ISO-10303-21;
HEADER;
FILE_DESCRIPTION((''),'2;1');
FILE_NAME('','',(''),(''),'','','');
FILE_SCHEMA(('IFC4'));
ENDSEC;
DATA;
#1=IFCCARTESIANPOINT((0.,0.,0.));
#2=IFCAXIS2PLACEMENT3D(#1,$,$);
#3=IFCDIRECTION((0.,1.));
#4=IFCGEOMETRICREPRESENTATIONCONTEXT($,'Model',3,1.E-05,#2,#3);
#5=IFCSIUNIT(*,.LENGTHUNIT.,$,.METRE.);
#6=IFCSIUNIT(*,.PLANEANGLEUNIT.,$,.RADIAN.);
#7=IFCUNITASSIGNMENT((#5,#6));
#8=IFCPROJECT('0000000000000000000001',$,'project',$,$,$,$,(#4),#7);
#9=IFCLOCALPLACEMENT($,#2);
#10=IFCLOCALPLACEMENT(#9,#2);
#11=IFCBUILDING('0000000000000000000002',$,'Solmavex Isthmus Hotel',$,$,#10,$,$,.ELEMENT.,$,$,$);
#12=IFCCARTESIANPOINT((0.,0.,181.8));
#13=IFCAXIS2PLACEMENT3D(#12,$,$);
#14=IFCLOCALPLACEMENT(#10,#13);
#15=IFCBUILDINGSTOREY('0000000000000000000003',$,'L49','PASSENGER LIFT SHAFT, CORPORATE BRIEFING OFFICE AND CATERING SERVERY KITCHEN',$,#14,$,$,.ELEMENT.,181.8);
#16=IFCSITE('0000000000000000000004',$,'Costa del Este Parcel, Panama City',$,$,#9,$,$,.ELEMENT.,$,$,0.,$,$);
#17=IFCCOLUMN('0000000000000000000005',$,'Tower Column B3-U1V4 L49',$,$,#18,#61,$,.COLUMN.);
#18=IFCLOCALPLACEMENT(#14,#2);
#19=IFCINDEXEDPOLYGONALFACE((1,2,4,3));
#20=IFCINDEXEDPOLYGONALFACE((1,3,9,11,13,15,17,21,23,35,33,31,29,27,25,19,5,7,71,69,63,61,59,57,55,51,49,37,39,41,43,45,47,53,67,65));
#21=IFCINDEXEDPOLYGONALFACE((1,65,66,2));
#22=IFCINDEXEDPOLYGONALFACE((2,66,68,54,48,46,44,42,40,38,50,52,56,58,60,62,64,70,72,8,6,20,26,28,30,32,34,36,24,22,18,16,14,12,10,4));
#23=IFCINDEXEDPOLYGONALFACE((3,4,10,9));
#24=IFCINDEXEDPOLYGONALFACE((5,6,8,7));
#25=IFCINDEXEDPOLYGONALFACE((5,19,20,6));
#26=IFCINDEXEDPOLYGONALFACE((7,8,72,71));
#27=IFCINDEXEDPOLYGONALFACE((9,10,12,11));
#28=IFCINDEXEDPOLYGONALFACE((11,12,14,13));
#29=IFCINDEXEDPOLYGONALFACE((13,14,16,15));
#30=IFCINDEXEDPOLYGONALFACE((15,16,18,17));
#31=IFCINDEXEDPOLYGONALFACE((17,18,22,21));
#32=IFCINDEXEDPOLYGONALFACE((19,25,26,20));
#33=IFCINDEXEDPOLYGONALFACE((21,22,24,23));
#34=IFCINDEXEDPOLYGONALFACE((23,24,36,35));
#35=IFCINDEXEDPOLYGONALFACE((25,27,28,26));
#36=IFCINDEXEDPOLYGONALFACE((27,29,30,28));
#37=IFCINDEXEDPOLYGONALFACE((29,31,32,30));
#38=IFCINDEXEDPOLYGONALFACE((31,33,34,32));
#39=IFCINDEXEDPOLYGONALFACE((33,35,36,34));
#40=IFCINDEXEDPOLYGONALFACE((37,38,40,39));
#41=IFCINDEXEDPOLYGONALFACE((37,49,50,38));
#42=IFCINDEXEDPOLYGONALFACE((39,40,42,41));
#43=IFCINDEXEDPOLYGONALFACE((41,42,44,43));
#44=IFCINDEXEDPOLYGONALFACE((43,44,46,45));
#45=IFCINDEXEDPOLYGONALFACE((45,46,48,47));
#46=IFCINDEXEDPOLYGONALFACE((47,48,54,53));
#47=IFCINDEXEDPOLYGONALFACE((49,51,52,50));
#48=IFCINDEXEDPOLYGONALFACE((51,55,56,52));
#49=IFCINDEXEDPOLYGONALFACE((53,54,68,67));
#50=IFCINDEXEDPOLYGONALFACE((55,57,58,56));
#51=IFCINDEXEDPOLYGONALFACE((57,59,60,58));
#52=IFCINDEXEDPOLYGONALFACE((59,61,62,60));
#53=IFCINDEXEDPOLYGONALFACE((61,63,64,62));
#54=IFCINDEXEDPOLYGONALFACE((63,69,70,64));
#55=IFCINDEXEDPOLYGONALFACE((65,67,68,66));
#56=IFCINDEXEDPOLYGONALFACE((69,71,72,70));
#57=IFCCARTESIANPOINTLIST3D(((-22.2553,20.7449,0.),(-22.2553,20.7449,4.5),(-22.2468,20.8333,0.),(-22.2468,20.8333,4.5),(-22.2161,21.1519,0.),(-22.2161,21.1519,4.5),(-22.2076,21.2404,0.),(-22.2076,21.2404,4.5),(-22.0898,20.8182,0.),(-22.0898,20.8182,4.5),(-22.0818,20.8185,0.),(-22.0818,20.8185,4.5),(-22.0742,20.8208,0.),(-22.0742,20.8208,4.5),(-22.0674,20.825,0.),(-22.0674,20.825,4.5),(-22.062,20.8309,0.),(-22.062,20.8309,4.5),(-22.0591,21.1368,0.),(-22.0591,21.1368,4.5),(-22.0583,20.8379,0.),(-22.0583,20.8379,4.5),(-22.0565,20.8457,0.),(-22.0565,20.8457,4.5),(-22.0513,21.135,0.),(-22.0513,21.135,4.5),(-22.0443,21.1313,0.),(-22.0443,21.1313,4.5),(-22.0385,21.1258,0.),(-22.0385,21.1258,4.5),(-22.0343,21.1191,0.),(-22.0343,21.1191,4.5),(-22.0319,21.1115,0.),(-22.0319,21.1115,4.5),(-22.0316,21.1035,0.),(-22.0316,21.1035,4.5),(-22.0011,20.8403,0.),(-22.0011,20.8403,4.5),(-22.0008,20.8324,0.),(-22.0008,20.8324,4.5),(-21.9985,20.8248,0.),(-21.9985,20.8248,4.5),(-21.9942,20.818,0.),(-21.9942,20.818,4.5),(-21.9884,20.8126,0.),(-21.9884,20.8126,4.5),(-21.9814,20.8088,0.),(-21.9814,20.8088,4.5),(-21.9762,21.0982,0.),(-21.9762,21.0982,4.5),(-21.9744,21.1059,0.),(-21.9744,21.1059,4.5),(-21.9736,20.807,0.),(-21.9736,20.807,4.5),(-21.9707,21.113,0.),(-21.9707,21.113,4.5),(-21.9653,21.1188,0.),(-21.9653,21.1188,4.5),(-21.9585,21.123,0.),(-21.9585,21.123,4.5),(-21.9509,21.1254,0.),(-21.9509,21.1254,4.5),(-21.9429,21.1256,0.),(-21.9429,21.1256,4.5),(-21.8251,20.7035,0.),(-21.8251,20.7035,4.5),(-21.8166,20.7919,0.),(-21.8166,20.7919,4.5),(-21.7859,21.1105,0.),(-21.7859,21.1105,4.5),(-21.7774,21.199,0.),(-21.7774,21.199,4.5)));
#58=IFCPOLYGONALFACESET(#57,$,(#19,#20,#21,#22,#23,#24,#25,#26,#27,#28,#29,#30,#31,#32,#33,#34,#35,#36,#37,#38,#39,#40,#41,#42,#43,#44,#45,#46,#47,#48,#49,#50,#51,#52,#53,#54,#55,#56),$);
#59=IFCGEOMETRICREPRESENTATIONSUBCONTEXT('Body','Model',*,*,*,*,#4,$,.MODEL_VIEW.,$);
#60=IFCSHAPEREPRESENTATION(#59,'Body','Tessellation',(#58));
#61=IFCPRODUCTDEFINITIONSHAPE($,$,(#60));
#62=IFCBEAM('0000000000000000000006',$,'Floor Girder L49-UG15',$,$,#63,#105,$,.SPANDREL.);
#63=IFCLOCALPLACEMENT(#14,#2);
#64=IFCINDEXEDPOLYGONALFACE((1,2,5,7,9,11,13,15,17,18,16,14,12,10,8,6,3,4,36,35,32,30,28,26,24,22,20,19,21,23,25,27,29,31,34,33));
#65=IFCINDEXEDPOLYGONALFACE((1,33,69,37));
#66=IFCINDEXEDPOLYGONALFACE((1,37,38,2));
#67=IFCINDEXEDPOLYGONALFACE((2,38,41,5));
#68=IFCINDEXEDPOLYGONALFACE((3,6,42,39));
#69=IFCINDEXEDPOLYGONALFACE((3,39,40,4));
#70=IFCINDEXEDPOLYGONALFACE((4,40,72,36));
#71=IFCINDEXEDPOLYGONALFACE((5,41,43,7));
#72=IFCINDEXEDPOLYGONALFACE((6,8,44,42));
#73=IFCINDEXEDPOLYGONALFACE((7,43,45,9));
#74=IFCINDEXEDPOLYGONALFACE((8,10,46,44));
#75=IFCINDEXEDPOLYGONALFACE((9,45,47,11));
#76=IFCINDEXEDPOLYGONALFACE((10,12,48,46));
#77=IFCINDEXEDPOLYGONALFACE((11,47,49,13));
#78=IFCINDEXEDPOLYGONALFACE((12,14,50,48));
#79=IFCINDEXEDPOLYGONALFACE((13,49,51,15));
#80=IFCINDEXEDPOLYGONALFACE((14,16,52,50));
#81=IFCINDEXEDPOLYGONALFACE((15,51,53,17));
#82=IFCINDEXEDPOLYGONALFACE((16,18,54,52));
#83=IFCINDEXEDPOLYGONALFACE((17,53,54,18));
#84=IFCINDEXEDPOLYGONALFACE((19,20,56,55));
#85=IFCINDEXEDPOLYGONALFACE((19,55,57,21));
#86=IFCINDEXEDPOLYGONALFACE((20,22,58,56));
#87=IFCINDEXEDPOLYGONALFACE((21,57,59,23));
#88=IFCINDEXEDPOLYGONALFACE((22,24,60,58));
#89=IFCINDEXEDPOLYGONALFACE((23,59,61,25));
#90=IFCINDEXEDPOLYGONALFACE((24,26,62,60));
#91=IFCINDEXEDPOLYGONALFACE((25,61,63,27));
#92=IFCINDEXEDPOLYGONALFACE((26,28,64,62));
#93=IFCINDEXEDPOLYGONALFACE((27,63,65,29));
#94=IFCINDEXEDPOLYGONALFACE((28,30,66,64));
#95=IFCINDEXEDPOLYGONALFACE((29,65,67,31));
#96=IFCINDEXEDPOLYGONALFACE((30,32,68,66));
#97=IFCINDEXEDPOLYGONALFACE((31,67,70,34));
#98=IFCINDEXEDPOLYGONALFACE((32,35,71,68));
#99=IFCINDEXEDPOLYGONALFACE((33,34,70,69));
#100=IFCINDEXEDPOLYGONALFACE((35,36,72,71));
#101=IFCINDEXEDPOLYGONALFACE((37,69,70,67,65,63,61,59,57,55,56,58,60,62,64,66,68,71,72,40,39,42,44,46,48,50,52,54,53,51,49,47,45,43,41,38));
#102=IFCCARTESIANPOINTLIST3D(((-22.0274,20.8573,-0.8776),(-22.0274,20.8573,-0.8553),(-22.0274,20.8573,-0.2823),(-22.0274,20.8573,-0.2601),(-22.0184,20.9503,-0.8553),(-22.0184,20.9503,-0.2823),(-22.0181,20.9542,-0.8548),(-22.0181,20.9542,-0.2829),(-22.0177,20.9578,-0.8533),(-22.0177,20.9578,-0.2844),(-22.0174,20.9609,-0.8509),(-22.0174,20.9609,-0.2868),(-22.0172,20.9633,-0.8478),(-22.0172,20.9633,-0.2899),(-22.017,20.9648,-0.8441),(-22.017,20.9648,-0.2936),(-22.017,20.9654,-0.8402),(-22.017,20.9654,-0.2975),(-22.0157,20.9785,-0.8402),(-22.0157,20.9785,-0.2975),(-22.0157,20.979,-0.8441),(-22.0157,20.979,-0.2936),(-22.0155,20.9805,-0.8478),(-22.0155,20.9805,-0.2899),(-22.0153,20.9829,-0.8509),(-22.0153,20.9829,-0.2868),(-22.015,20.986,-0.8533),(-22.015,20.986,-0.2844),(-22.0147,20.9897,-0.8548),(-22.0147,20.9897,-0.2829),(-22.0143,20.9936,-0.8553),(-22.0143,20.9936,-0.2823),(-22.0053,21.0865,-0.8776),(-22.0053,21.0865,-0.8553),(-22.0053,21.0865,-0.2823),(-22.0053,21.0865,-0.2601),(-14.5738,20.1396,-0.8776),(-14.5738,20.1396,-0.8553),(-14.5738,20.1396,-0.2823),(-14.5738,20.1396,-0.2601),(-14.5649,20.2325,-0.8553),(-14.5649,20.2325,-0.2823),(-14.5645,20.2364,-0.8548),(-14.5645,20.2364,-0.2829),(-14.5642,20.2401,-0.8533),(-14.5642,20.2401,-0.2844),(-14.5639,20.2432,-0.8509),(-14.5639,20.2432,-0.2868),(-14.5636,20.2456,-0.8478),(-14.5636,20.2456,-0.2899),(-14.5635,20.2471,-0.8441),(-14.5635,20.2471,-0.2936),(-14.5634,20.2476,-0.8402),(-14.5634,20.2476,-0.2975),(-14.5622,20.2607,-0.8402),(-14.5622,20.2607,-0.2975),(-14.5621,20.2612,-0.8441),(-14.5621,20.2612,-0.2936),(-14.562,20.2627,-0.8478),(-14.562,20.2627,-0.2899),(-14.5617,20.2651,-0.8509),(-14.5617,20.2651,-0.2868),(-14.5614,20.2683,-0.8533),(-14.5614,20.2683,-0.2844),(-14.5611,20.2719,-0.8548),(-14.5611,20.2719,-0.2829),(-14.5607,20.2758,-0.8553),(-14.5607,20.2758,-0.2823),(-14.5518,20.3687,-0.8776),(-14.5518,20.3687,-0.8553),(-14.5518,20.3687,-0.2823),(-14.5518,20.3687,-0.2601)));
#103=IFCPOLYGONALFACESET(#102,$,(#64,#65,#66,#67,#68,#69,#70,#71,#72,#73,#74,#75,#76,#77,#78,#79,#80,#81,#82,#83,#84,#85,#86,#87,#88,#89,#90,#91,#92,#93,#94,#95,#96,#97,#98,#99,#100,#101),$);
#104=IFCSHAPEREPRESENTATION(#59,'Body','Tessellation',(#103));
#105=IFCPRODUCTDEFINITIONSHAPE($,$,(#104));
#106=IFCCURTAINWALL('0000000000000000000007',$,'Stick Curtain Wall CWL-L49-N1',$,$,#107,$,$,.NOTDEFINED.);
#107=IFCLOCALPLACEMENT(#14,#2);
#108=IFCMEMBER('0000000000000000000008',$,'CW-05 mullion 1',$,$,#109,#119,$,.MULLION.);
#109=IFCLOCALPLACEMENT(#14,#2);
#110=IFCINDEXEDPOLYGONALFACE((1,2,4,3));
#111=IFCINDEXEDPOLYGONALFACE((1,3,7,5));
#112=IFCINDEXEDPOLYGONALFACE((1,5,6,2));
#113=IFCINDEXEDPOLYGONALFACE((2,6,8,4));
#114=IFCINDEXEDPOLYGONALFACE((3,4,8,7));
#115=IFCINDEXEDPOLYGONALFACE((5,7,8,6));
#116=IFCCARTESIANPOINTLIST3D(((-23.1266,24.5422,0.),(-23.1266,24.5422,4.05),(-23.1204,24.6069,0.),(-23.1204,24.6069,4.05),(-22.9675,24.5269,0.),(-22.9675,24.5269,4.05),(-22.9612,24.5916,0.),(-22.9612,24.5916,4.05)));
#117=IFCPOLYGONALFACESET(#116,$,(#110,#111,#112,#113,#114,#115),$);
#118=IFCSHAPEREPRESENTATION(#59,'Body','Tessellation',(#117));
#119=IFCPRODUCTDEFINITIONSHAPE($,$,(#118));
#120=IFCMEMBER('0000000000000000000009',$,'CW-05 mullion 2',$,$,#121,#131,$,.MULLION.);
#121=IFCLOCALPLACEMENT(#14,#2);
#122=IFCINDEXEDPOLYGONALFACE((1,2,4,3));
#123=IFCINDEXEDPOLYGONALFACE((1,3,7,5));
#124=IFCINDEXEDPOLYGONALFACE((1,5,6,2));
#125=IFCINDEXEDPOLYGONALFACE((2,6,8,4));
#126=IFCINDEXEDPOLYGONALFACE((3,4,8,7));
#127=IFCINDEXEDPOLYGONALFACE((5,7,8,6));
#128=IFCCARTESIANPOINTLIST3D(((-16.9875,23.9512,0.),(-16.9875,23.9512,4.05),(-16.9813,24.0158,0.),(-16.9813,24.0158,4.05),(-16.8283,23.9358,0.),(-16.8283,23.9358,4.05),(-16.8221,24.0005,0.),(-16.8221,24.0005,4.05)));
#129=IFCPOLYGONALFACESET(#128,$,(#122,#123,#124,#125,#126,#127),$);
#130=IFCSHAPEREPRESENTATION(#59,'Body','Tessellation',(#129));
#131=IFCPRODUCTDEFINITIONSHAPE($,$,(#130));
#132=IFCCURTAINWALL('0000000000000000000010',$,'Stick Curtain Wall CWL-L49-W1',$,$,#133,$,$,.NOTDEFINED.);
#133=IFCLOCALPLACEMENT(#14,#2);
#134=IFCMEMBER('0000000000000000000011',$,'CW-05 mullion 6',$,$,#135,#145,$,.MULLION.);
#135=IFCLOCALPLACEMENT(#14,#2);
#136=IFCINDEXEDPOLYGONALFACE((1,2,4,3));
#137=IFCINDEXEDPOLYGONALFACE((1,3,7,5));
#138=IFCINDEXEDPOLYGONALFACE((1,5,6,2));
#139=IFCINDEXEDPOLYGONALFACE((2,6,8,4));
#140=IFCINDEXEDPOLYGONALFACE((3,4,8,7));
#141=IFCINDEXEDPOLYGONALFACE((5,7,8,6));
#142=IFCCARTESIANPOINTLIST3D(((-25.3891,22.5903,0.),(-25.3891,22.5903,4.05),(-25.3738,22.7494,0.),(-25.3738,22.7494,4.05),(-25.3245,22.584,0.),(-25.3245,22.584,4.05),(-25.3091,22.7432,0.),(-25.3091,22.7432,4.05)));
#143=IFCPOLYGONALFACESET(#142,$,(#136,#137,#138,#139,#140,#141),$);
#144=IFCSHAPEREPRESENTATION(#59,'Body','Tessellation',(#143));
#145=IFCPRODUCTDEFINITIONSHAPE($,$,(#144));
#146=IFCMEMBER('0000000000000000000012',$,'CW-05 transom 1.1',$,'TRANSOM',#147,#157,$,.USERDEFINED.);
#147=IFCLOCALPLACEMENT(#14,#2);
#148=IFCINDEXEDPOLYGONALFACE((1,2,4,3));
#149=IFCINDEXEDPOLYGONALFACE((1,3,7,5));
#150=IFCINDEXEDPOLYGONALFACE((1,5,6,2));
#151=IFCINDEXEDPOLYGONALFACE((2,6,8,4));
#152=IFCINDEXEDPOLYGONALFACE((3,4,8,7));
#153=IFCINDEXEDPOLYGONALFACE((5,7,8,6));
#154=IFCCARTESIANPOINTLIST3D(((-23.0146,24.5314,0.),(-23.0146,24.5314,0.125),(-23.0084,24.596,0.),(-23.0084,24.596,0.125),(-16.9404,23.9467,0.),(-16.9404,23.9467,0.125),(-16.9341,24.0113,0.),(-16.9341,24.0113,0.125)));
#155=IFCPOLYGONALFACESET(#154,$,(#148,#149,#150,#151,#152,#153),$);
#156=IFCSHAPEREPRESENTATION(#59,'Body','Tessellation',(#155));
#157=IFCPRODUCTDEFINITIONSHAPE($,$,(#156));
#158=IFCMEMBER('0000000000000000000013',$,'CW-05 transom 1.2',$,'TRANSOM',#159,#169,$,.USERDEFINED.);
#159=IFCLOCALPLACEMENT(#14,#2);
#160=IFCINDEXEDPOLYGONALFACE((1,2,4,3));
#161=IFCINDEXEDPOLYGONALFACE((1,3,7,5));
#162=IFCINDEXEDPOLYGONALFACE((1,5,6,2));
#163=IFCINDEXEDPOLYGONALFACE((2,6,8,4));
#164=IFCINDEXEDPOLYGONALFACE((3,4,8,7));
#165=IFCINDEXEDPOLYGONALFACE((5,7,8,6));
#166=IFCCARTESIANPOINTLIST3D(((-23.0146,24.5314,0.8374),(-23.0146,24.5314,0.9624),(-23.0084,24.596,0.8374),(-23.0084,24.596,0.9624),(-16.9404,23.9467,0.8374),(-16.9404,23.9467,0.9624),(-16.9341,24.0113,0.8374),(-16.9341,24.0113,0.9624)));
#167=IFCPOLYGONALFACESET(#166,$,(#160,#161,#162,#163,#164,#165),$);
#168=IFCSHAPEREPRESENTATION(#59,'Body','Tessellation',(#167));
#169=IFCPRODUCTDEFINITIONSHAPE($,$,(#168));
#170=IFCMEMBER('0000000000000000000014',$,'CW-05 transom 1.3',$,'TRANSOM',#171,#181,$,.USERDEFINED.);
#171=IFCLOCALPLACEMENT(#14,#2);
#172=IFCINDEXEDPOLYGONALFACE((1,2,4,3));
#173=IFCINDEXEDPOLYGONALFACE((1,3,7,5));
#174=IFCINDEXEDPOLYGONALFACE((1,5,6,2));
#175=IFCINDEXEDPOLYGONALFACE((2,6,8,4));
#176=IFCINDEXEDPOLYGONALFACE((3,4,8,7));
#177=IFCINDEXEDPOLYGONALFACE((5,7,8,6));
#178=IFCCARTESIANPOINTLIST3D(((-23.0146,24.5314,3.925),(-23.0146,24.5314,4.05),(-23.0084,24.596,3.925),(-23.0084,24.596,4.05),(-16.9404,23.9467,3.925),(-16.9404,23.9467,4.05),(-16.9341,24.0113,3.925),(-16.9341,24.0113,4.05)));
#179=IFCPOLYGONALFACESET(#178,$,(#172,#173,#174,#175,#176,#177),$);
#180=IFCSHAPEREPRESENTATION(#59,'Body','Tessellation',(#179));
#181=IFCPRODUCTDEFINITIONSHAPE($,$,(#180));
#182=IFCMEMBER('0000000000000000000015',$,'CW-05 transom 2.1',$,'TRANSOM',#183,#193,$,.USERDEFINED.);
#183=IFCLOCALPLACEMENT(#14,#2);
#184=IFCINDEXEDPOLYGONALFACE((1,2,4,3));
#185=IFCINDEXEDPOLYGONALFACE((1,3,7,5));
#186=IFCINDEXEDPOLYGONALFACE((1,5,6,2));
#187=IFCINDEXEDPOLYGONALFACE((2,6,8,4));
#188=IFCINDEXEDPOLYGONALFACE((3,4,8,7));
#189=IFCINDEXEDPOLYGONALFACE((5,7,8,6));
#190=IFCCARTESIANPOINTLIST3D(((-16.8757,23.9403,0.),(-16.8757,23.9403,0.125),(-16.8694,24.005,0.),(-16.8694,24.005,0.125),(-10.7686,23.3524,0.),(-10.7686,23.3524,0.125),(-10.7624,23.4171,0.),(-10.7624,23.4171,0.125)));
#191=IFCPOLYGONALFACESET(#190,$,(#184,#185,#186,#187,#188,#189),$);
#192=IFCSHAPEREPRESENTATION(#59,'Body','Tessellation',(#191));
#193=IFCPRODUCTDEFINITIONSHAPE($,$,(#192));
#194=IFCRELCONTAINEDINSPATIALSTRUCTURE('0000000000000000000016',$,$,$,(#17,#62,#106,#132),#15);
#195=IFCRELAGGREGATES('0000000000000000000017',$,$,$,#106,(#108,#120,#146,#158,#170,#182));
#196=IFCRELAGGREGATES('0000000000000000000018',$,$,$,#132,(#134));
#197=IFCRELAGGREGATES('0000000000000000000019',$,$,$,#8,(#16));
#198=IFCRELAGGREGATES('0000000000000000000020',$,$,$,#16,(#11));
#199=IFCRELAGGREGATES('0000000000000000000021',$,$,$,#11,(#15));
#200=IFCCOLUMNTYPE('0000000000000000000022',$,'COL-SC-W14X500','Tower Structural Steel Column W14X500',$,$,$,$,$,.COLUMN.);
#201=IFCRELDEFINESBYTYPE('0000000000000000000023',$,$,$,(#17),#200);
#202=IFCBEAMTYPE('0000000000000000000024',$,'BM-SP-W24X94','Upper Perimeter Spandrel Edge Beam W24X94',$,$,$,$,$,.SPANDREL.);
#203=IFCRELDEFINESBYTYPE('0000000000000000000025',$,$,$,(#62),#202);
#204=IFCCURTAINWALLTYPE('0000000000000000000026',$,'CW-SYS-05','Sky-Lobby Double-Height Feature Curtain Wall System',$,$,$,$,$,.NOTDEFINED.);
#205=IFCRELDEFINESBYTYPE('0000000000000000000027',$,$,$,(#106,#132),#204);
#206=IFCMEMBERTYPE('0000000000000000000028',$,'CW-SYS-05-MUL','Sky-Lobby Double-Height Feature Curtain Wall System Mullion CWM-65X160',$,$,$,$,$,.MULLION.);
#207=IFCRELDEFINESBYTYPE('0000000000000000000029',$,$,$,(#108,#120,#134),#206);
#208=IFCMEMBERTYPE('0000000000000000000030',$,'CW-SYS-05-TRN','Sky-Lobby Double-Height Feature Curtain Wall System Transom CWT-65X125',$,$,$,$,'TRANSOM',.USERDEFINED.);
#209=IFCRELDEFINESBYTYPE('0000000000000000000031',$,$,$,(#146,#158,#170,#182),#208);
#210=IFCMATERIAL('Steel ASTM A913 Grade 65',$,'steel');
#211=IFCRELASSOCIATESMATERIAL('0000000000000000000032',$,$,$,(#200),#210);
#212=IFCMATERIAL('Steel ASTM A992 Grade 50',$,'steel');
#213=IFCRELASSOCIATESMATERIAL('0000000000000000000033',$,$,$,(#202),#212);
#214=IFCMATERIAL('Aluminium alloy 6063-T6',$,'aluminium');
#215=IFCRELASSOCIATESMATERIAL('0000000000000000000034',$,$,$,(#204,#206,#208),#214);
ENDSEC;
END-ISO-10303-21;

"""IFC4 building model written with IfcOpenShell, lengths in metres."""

from ifc_helpers import new_model, si_unit, direction, frame, origin, origin_2d, place, context, subcontext, project, spatial, rectangle, i_section, extrude, material, material_profile, profile_set, type_object, element, aggregate, save


model = new_model("IFC4")

# Units and contexts
model_context = context("Model", 3, precision=1e-05, world=origin(), true_north=direction((0.0, 1.0)))
body_context = subcontext(model_context, "Body", "Model", "MODEL_VIEW")
ifc_project = project(units=[si_unit("LENGTHUNIT", "METRE"), si_unit("PLANEANGLEUNIT", "RADIAN")], contexts=[model_context])

# Site, building, storey
site_placement = place(None, origin())
site = spatial("IfcSite", under=ifc_project, at=site_placement, Name="Costa del Este Parcel, Panama City", CompositionType="ELEMENT", RefElevation=0.0)
building_placement = place(site_placement, origin())
building = spatial("IfcBuilding", under=site, at=building_placement, Name="Solmavex Isthmus Hotel", CompositionType="ELEMENT")
storey_placement = place(building_placement, frame((0.0, 0.0, 181.8)))
storey = spatial("IfcBuildingStorey", under=building, at=storey_placement, Name="L49", Description="PASSENGER LIFT SHAFT, CORPORATE BRIEFING OFFICE AND CATERING SERVERY KITCHEN", CompositionType="ELEMENT", Elevation=181.8)

# Column
ifc_material_1 = material(Name="Steel ASTM A913 Grade 65", Category="steel")
ifc_material_profile_1 = material_profile(ifc_material_1, i_section(OverallWidth=0.4321, OverallDepth=0.4978, WebThickness=0.0557, FlangeThickness=0.0889, FilletRadius=0.0305, at=origin_2d()), Name="W14X500")
ifc_profile_set_1 = profile_set([ifc_material_profile_1], Name="Steel ASTM A913 Grade 65")
column_type = type_object("IfcColumnType", Name="COL-SC-W14X500", Description="Tower Structural Steel Column W14X500", PredefinedType="COLUMN", material=ifc_profile_set_1)
column_placement = place(storey_placement, frame((-22.0164, 20.9719, 0.0), z_axis=(0.0, 0.0, 1.0), x_axis=(0.995396, -0.095846, 0.0)))
element("IfcColumn", 1, at=column_placement, inside=storey, type_object=column_type, Name="Tower Column B3-U1V4 L49", PredefinedType="COLUMN", context=body_context, shape_type="SweptSolid", body=[
    extrude(i_section(OverallWidth=0.4321, OverallDepth=0.4978, WebThickness=0.0557, FlangeThickness=0.0889, FilletRadius=0.0305, at=origin_2d()), origin(), (0.0, 0.0, 1.0), 4.5),
])

# Beam
ifc_material_2 = material(Name="Steel ASTM A992 Grade 50", Category="steel")
ifc_material_profile_2 = material_profile(ifc_material_2, i_section(OverallWidth=0.2302, OverallDepth=0.6174, WebThickness=0.0132, FlangeThickness=0.0222, FilletRadius=0.0151, at=origin_2d()), Name="W24X94")
ifc_profile_set_2 = profile_set([ifc_material_profile_2], Name="Steel ASTM A992 Grade 50")
beam_type = type_object("IfcBeamType", Name="BM-SP-W24X94", Description="Upper Perimeter Spandrel Edge Beam W24X94", PredefinedType="SPANDREL", material=ifc_profile_set_2)
beam_placement = place(storey_placement, frame((-22.0164, 20.9719, -0.5688), z_axis=(0.995395, -0.095855, 0.0), x_axis=(0.095855, 0.995395, 0.0)))
element("IfcBeam", 2, at=beam_placement, inside=storey, type_object=beam_type, Name="Floor Girder L49-UG15", PredefinedType="SPANDREL", context=body_context, shape_type="SweptSolid", body=[
    extrude(i_section(OverallWidth=0.2302, OverallDepth=0.6174, WebThickness=0.0132, FlangeThickness=0.0222, FilletRadius=0.0151, at=origin_2d()), origin(), (0.0, 0.0, 1.0), 7.488),
])

# Curtain wall, members
ifc_material_3 = material(Name="Aluminium alloy 6063-T6", Category="aluminium")
curtain_wall_type = type_object("IfcCurtainWallType", Name="CW-SYS-05", Description="Sky-Lobby Double-Height Feature Curtain Wall System", PredefinedType="NOTDEFINED", material=ifc_material_3)
curtain_wall_1_placement = place(storey_placement, origin())
curtain_wall_1 = element("IfcCurtainWall", 3, at=curtain_wall_1_placement, inside=storey, type_object=curtain_wall_type, Name="Stick Curtain Wall CWL-L49-N1", PredefinedType="NOTDEFINED")
ifc_material_profile_3 = material_profile(ifc_material_3, rectangle(XDim=0.0649, YDim=0.1599, at=origin_2d()), Name="CWM-65X160")
ifc_profile_set_3 = profile_set([ifc_material_profile_3], Name="Aluminium alloy 6063-T6")
member_type_1 = type_object("IfcMemberType", Name="CW-SYS-05-MUL", Description="Sky-Lobby Double-Height Feature Curtain Wall System Mullion CWM-65X160", PredefinedType="MULLION", material=ifc_profile_set_3)
member_1_placement = place(storey_placement, frame((-23.0439, 24.5669, 0.0), z_axis=(0.0, 0.0, 1.0), x_axis=(0.095846, 0.995396, 0.0)))
member_1 = element("IfcMember", 4, at=member_1_placement, type_object=member_type_1, Name="CW-05 mullion 1", PredefinedType="MULLION", context=body_context, shape_type="SweptSolid", body=[
    extrude(rectangle(XDim=0.0649, YDim=0.1599, at=origin_2d()), origin(), (0.0, 0.0, 1.0), 4.05),
])
member_2_placement = place(storey_placement, frame((-16.9048, 23.9758, 0.0), z_axis=(0.0, 0.0, 1.0), x_axis=(0.095846, 0.995396, 0.0)))
member_2 = element("IfcMember", 5, at=member_2_placement, type_object=member_type_1, Name="CW-05 mullion 2", PredefinedType="MULLION", context=body_context, shape_type="SweptSolid", body=[
    extrude(rectangle(XDim=0.0649, YDim=0.1599, at=origin_2d()), origin(), (0.0, 0.0, 1.0), 4.05),
])

# Curtain wall, member
curtain_wall_2_placement = place(storey_placement, origin())
curtain_wall_2 = element("IfcCurtainWall", 6, at=curtain_wall_2_placement, inside=storey, type_object=curtain_wall_type, Name="Stick Curtain Wall CWL-L49-W1", PredefinedType="NOTDEFINED")
member_3_placement = place(storey_placement, frame((-25.3491, 22.6667, 0.0), z_axis=(0.0, 0.0, 1.0), x_axis=(-0.995396, 0.095846, 0.0)))
member_3 = element("IfcMember", 7, at=member_3_placement, type_object=member_type_1, Name="CW-05 mullion 6", PredefinedType="MULLION", context=body_context, shape_type="SweptSolid", body=[
    extrude(rectangle(XDim=0.0649, YDim=0.1599, at=origin_2d()), origin(), (0.0, 0.0, 1.0), 4.05),
])

# Members
ifc_material_profile_4 = material_profile(ifc_material_3, rectangle(XDim=0.0649, YDim=0.125, at=origin_2d()), Name="CWT-65X125")
ifc_profile_set_4 = profile_set([ifc_material_profile_4], Name="Aluminium alloy 6063-T6")
member_type_2 = type_object("IfcMemberType", Name="CW-SYS-05-TRN", Description="Sky-Lobby Double-Height Feature Curtain Wall System Transom CWT-65X125", ElementType="TRANSOM", PredefinedType="USERDEFINED", material=ifc_profile_set_4)
member_4_placement = place(storey_placement, frame((-23.0115, 24.5637, 0.0625), z_axis=(0.995399, -0.095819, 0.0), x_axis=(0.095819, 0.995399, 0.0)))
member_4 = element("IfcMember", 8, at=member_4_placement, type_object=member_type_2, Name="CW-05 transom 1.1", ObjectType="TRANSOM", PredefinedType="USERDEFINED", context=body_context, shape_type="SweptSolid", body=[
    extrude(rectangle(XDim=0.0649, YDim=0.125, at=origin_2d()), origin(), (0.0, 0.0, 1.0), 6.1023),
])
member_5_placement = place(storey_placement, frame((-23.0115, 24.5637, 0.8999), z_axis=(0.995399, -0.095819, 0.0), x_axis=(0.095819, 0.995399, 0.0)))
member_5 = element("IfcMember", 9, at=member_5_placement, type_object=member_type_2, Name="CW-05 transom 1.2", ObjectType="TRANSOM", PredefinedType="USERDEFINED", context=body_context, shape_type="SweptSolid", body=[
    extrude(rectangle(XDim=0.0649, YDim=0.125, at=origin_2d()), origin(), (0.0, 0.0, 1.0), 6.1023),
])
member_6_placement = place(storey_placement, frame((-23.0115, 24.5637, 3.9875), z_axis=(0.995399, -0.095819, 0.0), x_axis=(0.095819, 0.995399, 0.0)))
member_6 = element("IfcMember", 10, at=member_6_placement, type_object=member_type_2, Name="CW-05 transom 1.3", ObjectType="TRANSOM", PredefinedType="USERDEFINED", context=body_context, shape_type="SweptSolid", body=[
    extrude(rectangle(XDim=0.0649, YDim=0.125, at=origin_2d()), origin(), (0.0, 0.0, 1.0), 6.1023),
])
member_7_placement = place(storey_placement, frame((-16.8726, 23.9727, 0.0625), z_axis=(0.995398, -0.095823, 0.0), x_axis=(0.095823, 0.995398, 0.0)))
member_7 = element("IfcMember", 11, at=member_7_placement, type_object=member_type_2, Name="CW-05 transom 2.1", ObjectType="TRANSOM", PredefinedType="USERDEFINED", context=body_context, shape_type="SweptSolid", body=[
    extrude(rectangle(XDim=0.0649, YDim=0.125, at=origin_2d()), origin(), (0.0, 0.0, 1.0), 6.1353),
])

aggregate(curtain_wall_1, [member_1, member_2, member_4, member_5, member_6, member_7])
aggregate(curtain_wall_2, [member_3])

save(model, "model.ifc")
